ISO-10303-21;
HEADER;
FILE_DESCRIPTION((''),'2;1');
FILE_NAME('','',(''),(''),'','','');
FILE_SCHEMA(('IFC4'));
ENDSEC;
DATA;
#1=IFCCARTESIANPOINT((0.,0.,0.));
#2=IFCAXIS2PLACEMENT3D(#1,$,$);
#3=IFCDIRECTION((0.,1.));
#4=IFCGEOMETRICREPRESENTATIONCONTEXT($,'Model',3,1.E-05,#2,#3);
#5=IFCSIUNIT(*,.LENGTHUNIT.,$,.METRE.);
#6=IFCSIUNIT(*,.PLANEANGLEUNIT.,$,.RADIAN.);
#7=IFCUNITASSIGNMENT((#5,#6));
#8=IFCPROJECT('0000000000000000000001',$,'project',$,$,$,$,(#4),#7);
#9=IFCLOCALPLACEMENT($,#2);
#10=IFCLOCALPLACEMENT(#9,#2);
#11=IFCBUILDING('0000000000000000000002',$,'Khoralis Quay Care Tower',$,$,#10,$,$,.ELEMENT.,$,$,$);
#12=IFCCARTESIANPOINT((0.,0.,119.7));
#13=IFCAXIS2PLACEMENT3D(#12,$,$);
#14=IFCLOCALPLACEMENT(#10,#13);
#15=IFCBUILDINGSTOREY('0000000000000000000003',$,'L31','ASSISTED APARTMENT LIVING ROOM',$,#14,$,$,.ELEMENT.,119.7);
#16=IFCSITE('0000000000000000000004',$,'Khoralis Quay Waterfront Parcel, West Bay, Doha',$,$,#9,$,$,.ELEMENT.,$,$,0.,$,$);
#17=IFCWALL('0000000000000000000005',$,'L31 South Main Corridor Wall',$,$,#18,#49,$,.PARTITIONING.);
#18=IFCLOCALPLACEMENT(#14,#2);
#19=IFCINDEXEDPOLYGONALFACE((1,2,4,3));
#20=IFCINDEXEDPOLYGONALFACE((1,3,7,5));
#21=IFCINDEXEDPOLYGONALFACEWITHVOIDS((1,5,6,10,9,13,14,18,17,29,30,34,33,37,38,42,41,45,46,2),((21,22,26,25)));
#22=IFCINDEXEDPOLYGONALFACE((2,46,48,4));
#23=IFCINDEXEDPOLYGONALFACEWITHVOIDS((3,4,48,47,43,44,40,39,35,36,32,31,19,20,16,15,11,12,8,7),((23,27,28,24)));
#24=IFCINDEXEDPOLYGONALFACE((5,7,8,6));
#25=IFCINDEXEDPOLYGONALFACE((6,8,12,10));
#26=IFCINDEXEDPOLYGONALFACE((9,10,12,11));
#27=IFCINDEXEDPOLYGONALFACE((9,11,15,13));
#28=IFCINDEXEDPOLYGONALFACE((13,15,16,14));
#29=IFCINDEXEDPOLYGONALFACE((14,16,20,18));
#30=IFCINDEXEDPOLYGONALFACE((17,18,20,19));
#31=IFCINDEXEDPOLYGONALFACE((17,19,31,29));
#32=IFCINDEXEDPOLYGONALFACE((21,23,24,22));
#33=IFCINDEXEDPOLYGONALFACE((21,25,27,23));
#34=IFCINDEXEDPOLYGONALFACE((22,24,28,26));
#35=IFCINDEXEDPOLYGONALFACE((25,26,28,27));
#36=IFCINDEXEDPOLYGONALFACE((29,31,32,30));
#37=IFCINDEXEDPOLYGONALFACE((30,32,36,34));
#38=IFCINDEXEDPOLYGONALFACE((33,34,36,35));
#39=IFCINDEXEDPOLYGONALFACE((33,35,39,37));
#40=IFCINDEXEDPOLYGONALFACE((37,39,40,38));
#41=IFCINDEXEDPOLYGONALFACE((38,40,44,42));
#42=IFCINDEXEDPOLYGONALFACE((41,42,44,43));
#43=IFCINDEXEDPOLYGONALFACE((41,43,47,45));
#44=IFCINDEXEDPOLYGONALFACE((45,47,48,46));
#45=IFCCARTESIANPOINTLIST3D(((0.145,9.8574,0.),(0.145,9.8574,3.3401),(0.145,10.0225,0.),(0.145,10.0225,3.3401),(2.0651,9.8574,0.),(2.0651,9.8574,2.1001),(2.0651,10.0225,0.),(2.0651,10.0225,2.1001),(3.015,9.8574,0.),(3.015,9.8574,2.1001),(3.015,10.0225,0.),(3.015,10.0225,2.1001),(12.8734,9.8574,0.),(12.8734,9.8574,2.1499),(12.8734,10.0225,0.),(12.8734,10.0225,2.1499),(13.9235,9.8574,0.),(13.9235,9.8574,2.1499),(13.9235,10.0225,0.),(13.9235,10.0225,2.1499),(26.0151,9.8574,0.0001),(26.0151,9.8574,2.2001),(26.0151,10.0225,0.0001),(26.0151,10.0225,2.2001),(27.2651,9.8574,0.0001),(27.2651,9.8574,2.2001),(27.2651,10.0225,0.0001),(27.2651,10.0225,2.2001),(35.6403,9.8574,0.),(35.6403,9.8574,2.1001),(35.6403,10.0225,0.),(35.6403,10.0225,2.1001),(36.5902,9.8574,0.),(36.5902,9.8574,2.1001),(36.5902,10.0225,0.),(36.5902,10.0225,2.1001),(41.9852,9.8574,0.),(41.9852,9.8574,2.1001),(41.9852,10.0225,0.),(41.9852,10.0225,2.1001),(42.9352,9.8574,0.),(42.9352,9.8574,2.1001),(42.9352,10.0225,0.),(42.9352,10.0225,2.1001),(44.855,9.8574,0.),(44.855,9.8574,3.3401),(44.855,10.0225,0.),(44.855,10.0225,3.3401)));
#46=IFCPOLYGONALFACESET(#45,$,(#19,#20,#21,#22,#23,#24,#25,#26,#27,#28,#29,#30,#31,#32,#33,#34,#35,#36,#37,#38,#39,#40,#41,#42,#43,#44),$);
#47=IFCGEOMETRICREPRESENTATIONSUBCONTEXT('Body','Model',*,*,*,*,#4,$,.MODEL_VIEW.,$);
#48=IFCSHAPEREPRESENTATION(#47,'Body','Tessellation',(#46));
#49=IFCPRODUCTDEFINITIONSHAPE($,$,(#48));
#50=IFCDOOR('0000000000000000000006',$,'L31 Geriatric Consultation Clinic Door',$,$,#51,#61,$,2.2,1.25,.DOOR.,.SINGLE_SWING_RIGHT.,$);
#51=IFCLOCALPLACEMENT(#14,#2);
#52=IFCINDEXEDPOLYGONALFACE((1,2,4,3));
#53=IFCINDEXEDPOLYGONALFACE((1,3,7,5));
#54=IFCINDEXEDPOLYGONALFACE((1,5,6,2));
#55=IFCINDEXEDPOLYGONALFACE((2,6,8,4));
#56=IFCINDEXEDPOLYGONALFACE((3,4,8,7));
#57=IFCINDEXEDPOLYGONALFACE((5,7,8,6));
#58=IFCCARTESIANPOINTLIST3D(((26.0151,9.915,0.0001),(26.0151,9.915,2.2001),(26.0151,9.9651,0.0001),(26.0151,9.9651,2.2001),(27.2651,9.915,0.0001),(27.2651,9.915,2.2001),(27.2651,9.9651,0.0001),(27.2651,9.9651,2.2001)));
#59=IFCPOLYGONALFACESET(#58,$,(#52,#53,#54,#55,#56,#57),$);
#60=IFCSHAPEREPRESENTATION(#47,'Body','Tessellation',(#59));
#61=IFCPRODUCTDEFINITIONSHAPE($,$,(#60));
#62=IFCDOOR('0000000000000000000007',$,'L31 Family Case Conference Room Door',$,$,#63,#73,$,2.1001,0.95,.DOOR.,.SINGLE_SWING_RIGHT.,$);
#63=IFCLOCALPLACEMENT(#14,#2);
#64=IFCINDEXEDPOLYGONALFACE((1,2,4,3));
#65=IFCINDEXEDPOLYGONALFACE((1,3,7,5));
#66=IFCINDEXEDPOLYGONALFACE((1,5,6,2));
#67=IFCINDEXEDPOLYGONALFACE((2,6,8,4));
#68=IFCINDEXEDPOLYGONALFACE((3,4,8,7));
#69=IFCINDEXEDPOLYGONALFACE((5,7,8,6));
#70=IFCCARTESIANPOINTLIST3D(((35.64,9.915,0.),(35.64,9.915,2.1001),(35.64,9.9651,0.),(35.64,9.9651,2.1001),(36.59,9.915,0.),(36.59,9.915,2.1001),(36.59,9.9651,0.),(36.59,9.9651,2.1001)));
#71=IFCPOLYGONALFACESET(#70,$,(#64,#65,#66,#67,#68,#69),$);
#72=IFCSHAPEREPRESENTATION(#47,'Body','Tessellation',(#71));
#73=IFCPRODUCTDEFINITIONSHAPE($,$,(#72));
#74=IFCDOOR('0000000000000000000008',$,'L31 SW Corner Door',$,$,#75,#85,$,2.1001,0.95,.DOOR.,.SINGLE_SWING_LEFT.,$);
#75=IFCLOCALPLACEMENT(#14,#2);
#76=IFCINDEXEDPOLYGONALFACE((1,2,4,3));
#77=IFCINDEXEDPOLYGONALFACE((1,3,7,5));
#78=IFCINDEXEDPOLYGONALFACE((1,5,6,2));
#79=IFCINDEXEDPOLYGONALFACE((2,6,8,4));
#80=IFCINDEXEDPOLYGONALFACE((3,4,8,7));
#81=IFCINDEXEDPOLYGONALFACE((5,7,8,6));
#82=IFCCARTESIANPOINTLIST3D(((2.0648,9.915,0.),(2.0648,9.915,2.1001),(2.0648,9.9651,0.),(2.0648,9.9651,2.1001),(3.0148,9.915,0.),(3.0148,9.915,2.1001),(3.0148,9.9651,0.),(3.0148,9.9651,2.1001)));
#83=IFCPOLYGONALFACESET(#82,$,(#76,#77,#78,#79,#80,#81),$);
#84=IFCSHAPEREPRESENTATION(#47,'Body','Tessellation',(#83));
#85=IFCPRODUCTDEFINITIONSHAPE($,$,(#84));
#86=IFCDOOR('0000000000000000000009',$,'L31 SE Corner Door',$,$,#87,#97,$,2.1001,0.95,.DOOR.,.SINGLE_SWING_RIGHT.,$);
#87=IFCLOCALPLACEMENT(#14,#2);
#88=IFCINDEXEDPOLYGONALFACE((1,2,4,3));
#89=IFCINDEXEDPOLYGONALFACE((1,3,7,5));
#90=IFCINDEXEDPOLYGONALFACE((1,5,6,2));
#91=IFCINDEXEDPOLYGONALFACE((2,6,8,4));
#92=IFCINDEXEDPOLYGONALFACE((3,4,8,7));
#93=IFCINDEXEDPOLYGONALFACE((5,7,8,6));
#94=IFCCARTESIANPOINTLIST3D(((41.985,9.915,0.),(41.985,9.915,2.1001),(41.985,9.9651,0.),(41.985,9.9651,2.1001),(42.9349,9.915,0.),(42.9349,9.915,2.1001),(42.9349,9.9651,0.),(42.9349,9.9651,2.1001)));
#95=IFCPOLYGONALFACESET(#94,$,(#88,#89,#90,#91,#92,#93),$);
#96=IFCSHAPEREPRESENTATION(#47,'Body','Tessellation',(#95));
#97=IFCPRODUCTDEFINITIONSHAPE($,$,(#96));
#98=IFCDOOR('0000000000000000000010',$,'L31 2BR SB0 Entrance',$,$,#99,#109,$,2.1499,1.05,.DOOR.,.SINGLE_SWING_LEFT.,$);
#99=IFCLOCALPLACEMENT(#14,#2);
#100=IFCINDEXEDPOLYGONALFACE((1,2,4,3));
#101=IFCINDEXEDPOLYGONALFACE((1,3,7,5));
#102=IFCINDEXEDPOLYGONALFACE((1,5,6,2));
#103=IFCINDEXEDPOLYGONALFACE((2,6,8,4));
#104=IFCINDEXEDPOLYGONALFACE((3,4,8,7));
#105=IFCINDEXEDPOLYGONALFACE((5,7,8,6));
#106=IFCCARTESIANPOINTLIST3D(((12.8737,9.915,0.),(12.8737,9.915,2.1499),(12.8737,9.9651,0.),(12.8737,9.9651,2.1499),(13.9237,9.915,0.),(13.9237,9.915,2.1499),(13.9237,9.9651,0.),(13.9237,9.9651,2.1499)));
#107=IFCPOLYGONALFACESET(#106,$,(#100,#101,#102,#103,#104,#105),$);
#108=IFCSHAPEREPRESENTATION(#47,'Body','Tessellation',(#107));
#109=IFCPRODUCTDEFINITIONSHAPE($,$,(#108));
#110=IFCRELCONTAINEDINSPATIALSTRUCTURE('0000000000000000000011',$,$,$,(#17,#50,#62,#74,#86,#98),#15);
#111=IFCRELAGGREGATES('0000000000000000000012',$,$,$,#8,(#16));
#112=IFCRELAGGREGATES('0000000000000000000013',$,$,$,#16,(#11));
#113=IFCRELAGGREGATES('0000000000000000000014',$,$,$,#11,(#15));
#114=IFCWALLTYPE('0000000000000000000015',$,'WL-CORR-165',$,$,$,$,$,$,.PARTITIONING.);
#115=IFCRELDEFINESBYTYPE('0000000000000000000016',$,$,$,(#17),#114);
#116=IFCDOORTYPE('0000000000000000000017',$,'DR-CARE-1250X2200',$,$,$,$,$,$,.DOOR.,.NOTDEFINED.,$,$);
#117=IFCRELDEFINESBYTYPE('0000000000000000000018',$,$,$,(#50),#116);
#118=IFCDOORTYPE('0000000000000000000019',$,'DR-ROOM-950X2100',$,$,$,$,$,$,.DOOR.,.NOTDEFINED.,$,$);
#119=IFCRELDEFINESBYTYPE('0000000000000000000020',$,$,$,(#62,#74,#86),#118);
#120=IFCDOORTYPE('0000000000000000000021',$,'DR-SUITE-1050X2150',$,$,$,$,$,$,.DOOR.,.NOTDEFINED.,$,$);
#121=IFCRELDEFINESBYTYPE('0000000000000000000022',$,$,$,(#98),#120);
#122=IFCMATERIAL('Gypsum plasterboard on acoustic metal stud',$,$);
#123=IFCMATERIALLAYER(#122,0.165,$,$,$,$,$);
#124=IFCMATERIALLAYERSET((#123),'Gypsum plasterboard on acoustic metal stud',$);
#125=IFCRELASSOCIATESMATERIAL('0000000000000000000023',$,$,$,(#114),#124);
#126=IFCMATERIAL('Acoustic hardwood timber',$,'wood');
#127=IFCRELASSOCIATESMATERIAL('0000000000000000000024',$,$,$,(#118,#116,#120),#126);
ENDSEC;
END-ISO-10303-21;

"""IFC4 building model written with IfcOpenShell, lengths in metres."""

from ifc_helpers import new_model, si_unit, direction, frame, frame_2d, origin, place, context, subcontext, project, spatial, rectangle, extrude, source, transform, mapped, material, layer, layer_set, type_object, element, fill, save


model = new_model("IFC4")

# Units and contexts
model_context = context("Model", 3, precision=1e-05, world=origin(), true_north=direction((0.0, 1.0)))
body_context = subcontext(model_context, "Body", "Model", "MODEL_VIEW")
ifc_project = project(units=[si_unit("LENGTHUNIT", "METRE"), si_unit("PLANEANGLEUNIT", "RADIAN")], contexts=[model_context])

# Site, building, storey
site_placement = place(None, origin())
site = spatial("IfcSite", under=ifc_project, at=site_placement, Name="Khoralis Quay Waterfront Parcel, West Bay, Doha", CompositionType="ELEMENT", RefElevation=0.0)
building_placement = place(site_placement, origin())
building = spatial("IfcBuilding", under=site, at=building_placement, Name="Khoralis Quay Care Tower", CompositionType="ELEMENT")
storey_placement = place(building_placement, frame((0.0, 0.0, 119.7)))
storey = spatial("IfcBuildingStorey", under=building, at=storey_placement, Name="L31", Description="ASSISTED APARTMENT LIVING ROOM", CompositionType="ELEMENT", Elevation=119.7)

# Wall, openings, doors
ifc_material_1 = material(Name="Gypsum plasterboard on acoustic metal stud")
ifc_layer_1 = layer(ifc_material_1, 0.165)
ifc_layer_set_1 = layer_set([ifc_layer_1], Name="Gypsum plasterboard on acoustic metal stud")
wall_type_1 = type_object("IfcWallType", Name="WL-CORR-165", PredefinedType="PARTITIONING", material=ifc_layer_set_1)
ifc_material_2 = material(Name="Acoustic hardwood timber", Category="wood")
door_type_1 = type_object("IfcDoorType", Name="DR-ROOM-950X2100", OperationType="NOTDEFINED", PredefinedType="DOOR", material=ifc_material_2)
shared_shape_1 = source(origin(), body_context, "Body", "SweptSolid", [
    extrude(rectangle(XDim=0.95, YDim=2.1001, at=frame_2d((0.4751, 1.05))), frame((0.0, 0.0249, 0.0), z_axis=(0.0, -1.0, 0.0), x_axis=(1.0, 0.0, 0.0)), (0.0, 0.0, 1.0), 0.05),
])
wall_1_placement = place(storey_placement, frame((0.145, 9.9399, 0.0), z_axis=(0.0, 0.0, 1.0), x_axis=(1.0, 0.0, 0.0)))
wall_1 = element("IfcWall", 1, at=wall_1_placement, inside=storey, type_object=wall_type_1, Name="L31 South Main Corridor Wall", PredefinedType="PARTITIONING", context=body_context, shape_type="SweptSolid", body=[
    extrude(rectangle(XDim=44.71, YDim=0.165, at=frame_2d((22.355, 0.0))), origin(), (0.0, 0.0, 1.0), 3.3401),
])
opening_1_placement = place(wall_1_placement, frame((12.7285, 0.0, 0.0)))
opening_1 = element("IfcOpeningElement", 2, at=opening_1_placement, cuts=wall_1, PredefinedType="OPENING", context=body_context, shape_type="SweptSolid", body=[
    extrude(rectangle(XDim=1.05, YDim=2.1499, at=frame_2d((0.5249, 1.075))), frame((0.0, 0.0925, 0.0), z_axis=(0.0, -1.0, 0.0), x_axis=(1.0, 0.0, 0.0)), (0.0, 0.0, 1.0), 0.1851),
])
opening_2_placement = place(wall_1_placement, frame((25.8701, 0.0, 0.0)))
opening_2 = element("IfcOpeningElement", 3, at=opening_2_placement, cuts=wall_1, PredefinedType="OPENING", context=body_context, shape_type="SweptSolid", body=[
    extrude(rectangle(XDim=1.25, YDim=2.2, at=frame_2d((0.625, 1.1001))), frame((0.0, 0.0925, 0.0), z_axis=(0.0, -1.0, 0.0), x_axis=(1.0, 0.0, 0.0)), (0.0, 0.0, 1.0), 0.1851),
])
opening_3_placement = place(wall_1_placement, frame((35.4951, 0.0, 0.0)))
opening_3 = element("IfcOpeningElement", 4, at=opening_3_placement, cuts=wall_1, PredefinedType="OPENING", context=body_context, shape_type="SweptSolid", body=[
    extrude(rectangle(XDim=0.95, YDim=2.1001, at=frame_2d((0.4751, 1.05))), frame((0.0, 0.0925, 0.0), z_axis=(0.0, -1.0, 0.0), x_axis=(1.0, 0.0, 0.0)), (0.0, 0.0, 1.0), 0.1851),
])
opening_4_placement = place(wall_1_placement, frame((1.9199, 0.0, 0.0)))
opening_4 = element("IfcOpeningElement", 5, at=opening_4_placement, cuts=wall_1, PredefinedType="OPENING", context=body_context, shape_type="SweptSolid", body=[
    extrude(rectangle(XDim=0.95, YDim=2.1001, at=frame_2d((0.4751, 1.05))), frame((0.0, 0.0925, 0.0), z_axis=(0.0, -1.0, 0.0), x_axis=(1.0, 0.0, 0.0)), (0.0, 0.0, 1.0), 0.1851),
])
opening_5_placement = place(wall_1_placement, frame((41.8401, 0.0, 0.0)))
opening_5 = element("IfcOpeningElement", 6, at=opening_5_placement, cuts=wall_1, PredefinedType="OPENING", context=body_context, shape_type="SweptSolid", body=[
    extrude(rectangle(XDim=0.95, YDim=2.1001, at=frame_2d((0.4751, 1.05))), frame((0.0, 0.0925, 0.0), z_axis=(0.0, -1.0, 0.0), x_axis=(1.0, 0.0, 0.0)), (0.0, 0.0, 1.0), 0.1851),
])
door_type_2 = type_object("IfcDoorType", Name="DR-CARE-1250X2200", OperationType="NOTDEFINED", PredefinedType="DOOR", material=ifc_material_2)
shared_shape_2 = source(origin(), body_context, "Body", "SweptSolid", [
    extrude(rectangle(XDim=1.25, YDim=2.2, at=frame_2d((0.625, 1.1001))), frame((0.0, 0.0249, 0.0), z_axis=(0.0, -1.0, 0.0), x_axis=(1.0, 0.0, 0.0)), (0.0, 0.0, 1.0), 0.05),
])
door_1_placement = place(opening_2_placement, frame((1.25, 0.0, 0.0), z_axis=(0.0, 0.0, 1.0), x_axis=(-1.0, 0.0, 0.0)))
door_1 = element("IfcDoor", 7, at=door_1_placement, inside=storey, type_object=door_type_2, Name="L31 Geriatric Consultation Clinic Door", OperationType="SINGLE_SWING_RIGHT", OverallHeight=2.2, OverallWidth=1.25, PredefinedType="DOOR", context=body_context, shape_type="MappedRepresentation", body=[
    mapped(shared_shape_2, transform((0.0, 0.0, 0.0), scale=1.0)),
])
fill(opening_2, door_1)
door_2_placement = place(opening_3_placement, frame((0.95, 0.0, 0.0), z_axis=(0.0, 0.0, 1.0), x_axis=(-1.0, 0.0, 0.0)))
door_2 = element("IfcDoor", 8, at=door_2_placement, inside=storey, type_object=door_type_1, Name="L31 Family Case Conference Room Door", OperationType="SINGLE_SWING_RIGHT", OverallHeight=2.1001, OverallWidth=0.95, PredefinedType="DOOR", context=body_context, shape_type="MappedRepresentation", body=[
    mapped(shared_shape_1, transform((0.0, 0.0, 0.0), scale=1.0)),
])
fill(opening_3, door_2)
door_3_placement = place(opening_4_placement, frame((0.95, 0.0, 0.0), z_axis=(0.0, 0.0, 1.0), x_axis=(-1.0, 0.0, 0.0)))
door_3 = element("IfcDoor", 9, at=door_3_placement, inside=storey, type_object=door_type_1, Name="L31 SW Corner Door", OperationType="SINGLE_SWING_LEFT", OverallHeight=2.1001, OverallWidth=0.95, PredefinedType="DOOR", context=body_context, shape_type="MappedRepresentation", body=[
    mapped(shared_shape_1, transform((0.0, 0.0, 0.0), scale=1.0)),
])
fill(opening_4, door_3)
door_4_placement = place(opening_5_placement, frame((0.95, 0.0, 0.0), z_axis=(0.0, 0.0, 1.0), x_axis=(-1.0, 0.0, 0.0)))
door_4 = element("IfcDoor", 10, at=door_4_placement, inside=storey, type_object=door_type_1, Name="L31 SE Corner Door", OperationType="SINGLE_SWING_RIGHT", OverallHeight=2.1001, OverallWidth=0.95, PredefinedType="DOOR", context=body_context, shape_type="MappedRepresentation", body=[
    mapped(shared_shape_1, transform((0.0, 0.0, 0.0), scale=1.0)),
])
fill(opening_5, door_4)
door_type_3 = type_object("IfcDoorType", Name="DR-SUITE-1050X2150", OperationType="NOTDEFINED", PredefinedType="DOOR", material=ifc_material_2)
shared_shape_3 = source(origin(), body_context, "Body", "SweptSolid", [
    extrude(rectangle(XDim=1.05, YDim=2.1499, at=frame_2d((0.5249, 1.075))), frame((0.0, 0.0249, 0.0), z_axis=(0.0, -1.0, 0.0), x_axis=(1.0, 0.0, 0.0)), (0.0, 0.0, 1.0), 0.05),
])
door_5_placement = place(opening_1_placement, frame((1.05, 0.0, 0.0), z_axis=(0.0, 0.0, 1.0), x_axis=(-1.0, 0.0, 0.0)))
door_5 = element("IfcDoor", 11, at=door_5_placement, inside=storey, type_object=door_type_3, Name="L31 2BR SB0 Entrance", OperationType="SINGLE_SWING_LEFT", OverallHeight=2.1499, OverallWidth=1.05, PredefinedType="DOOR", context=body_context, shape_type="MappedRepresentation", body=[
    mapped(shared_shape_3, transform((0.0, 0.0, 0.0), scale=1.0)),
])
fill(opening_1, door_5)

save(model, "model.ifc")
